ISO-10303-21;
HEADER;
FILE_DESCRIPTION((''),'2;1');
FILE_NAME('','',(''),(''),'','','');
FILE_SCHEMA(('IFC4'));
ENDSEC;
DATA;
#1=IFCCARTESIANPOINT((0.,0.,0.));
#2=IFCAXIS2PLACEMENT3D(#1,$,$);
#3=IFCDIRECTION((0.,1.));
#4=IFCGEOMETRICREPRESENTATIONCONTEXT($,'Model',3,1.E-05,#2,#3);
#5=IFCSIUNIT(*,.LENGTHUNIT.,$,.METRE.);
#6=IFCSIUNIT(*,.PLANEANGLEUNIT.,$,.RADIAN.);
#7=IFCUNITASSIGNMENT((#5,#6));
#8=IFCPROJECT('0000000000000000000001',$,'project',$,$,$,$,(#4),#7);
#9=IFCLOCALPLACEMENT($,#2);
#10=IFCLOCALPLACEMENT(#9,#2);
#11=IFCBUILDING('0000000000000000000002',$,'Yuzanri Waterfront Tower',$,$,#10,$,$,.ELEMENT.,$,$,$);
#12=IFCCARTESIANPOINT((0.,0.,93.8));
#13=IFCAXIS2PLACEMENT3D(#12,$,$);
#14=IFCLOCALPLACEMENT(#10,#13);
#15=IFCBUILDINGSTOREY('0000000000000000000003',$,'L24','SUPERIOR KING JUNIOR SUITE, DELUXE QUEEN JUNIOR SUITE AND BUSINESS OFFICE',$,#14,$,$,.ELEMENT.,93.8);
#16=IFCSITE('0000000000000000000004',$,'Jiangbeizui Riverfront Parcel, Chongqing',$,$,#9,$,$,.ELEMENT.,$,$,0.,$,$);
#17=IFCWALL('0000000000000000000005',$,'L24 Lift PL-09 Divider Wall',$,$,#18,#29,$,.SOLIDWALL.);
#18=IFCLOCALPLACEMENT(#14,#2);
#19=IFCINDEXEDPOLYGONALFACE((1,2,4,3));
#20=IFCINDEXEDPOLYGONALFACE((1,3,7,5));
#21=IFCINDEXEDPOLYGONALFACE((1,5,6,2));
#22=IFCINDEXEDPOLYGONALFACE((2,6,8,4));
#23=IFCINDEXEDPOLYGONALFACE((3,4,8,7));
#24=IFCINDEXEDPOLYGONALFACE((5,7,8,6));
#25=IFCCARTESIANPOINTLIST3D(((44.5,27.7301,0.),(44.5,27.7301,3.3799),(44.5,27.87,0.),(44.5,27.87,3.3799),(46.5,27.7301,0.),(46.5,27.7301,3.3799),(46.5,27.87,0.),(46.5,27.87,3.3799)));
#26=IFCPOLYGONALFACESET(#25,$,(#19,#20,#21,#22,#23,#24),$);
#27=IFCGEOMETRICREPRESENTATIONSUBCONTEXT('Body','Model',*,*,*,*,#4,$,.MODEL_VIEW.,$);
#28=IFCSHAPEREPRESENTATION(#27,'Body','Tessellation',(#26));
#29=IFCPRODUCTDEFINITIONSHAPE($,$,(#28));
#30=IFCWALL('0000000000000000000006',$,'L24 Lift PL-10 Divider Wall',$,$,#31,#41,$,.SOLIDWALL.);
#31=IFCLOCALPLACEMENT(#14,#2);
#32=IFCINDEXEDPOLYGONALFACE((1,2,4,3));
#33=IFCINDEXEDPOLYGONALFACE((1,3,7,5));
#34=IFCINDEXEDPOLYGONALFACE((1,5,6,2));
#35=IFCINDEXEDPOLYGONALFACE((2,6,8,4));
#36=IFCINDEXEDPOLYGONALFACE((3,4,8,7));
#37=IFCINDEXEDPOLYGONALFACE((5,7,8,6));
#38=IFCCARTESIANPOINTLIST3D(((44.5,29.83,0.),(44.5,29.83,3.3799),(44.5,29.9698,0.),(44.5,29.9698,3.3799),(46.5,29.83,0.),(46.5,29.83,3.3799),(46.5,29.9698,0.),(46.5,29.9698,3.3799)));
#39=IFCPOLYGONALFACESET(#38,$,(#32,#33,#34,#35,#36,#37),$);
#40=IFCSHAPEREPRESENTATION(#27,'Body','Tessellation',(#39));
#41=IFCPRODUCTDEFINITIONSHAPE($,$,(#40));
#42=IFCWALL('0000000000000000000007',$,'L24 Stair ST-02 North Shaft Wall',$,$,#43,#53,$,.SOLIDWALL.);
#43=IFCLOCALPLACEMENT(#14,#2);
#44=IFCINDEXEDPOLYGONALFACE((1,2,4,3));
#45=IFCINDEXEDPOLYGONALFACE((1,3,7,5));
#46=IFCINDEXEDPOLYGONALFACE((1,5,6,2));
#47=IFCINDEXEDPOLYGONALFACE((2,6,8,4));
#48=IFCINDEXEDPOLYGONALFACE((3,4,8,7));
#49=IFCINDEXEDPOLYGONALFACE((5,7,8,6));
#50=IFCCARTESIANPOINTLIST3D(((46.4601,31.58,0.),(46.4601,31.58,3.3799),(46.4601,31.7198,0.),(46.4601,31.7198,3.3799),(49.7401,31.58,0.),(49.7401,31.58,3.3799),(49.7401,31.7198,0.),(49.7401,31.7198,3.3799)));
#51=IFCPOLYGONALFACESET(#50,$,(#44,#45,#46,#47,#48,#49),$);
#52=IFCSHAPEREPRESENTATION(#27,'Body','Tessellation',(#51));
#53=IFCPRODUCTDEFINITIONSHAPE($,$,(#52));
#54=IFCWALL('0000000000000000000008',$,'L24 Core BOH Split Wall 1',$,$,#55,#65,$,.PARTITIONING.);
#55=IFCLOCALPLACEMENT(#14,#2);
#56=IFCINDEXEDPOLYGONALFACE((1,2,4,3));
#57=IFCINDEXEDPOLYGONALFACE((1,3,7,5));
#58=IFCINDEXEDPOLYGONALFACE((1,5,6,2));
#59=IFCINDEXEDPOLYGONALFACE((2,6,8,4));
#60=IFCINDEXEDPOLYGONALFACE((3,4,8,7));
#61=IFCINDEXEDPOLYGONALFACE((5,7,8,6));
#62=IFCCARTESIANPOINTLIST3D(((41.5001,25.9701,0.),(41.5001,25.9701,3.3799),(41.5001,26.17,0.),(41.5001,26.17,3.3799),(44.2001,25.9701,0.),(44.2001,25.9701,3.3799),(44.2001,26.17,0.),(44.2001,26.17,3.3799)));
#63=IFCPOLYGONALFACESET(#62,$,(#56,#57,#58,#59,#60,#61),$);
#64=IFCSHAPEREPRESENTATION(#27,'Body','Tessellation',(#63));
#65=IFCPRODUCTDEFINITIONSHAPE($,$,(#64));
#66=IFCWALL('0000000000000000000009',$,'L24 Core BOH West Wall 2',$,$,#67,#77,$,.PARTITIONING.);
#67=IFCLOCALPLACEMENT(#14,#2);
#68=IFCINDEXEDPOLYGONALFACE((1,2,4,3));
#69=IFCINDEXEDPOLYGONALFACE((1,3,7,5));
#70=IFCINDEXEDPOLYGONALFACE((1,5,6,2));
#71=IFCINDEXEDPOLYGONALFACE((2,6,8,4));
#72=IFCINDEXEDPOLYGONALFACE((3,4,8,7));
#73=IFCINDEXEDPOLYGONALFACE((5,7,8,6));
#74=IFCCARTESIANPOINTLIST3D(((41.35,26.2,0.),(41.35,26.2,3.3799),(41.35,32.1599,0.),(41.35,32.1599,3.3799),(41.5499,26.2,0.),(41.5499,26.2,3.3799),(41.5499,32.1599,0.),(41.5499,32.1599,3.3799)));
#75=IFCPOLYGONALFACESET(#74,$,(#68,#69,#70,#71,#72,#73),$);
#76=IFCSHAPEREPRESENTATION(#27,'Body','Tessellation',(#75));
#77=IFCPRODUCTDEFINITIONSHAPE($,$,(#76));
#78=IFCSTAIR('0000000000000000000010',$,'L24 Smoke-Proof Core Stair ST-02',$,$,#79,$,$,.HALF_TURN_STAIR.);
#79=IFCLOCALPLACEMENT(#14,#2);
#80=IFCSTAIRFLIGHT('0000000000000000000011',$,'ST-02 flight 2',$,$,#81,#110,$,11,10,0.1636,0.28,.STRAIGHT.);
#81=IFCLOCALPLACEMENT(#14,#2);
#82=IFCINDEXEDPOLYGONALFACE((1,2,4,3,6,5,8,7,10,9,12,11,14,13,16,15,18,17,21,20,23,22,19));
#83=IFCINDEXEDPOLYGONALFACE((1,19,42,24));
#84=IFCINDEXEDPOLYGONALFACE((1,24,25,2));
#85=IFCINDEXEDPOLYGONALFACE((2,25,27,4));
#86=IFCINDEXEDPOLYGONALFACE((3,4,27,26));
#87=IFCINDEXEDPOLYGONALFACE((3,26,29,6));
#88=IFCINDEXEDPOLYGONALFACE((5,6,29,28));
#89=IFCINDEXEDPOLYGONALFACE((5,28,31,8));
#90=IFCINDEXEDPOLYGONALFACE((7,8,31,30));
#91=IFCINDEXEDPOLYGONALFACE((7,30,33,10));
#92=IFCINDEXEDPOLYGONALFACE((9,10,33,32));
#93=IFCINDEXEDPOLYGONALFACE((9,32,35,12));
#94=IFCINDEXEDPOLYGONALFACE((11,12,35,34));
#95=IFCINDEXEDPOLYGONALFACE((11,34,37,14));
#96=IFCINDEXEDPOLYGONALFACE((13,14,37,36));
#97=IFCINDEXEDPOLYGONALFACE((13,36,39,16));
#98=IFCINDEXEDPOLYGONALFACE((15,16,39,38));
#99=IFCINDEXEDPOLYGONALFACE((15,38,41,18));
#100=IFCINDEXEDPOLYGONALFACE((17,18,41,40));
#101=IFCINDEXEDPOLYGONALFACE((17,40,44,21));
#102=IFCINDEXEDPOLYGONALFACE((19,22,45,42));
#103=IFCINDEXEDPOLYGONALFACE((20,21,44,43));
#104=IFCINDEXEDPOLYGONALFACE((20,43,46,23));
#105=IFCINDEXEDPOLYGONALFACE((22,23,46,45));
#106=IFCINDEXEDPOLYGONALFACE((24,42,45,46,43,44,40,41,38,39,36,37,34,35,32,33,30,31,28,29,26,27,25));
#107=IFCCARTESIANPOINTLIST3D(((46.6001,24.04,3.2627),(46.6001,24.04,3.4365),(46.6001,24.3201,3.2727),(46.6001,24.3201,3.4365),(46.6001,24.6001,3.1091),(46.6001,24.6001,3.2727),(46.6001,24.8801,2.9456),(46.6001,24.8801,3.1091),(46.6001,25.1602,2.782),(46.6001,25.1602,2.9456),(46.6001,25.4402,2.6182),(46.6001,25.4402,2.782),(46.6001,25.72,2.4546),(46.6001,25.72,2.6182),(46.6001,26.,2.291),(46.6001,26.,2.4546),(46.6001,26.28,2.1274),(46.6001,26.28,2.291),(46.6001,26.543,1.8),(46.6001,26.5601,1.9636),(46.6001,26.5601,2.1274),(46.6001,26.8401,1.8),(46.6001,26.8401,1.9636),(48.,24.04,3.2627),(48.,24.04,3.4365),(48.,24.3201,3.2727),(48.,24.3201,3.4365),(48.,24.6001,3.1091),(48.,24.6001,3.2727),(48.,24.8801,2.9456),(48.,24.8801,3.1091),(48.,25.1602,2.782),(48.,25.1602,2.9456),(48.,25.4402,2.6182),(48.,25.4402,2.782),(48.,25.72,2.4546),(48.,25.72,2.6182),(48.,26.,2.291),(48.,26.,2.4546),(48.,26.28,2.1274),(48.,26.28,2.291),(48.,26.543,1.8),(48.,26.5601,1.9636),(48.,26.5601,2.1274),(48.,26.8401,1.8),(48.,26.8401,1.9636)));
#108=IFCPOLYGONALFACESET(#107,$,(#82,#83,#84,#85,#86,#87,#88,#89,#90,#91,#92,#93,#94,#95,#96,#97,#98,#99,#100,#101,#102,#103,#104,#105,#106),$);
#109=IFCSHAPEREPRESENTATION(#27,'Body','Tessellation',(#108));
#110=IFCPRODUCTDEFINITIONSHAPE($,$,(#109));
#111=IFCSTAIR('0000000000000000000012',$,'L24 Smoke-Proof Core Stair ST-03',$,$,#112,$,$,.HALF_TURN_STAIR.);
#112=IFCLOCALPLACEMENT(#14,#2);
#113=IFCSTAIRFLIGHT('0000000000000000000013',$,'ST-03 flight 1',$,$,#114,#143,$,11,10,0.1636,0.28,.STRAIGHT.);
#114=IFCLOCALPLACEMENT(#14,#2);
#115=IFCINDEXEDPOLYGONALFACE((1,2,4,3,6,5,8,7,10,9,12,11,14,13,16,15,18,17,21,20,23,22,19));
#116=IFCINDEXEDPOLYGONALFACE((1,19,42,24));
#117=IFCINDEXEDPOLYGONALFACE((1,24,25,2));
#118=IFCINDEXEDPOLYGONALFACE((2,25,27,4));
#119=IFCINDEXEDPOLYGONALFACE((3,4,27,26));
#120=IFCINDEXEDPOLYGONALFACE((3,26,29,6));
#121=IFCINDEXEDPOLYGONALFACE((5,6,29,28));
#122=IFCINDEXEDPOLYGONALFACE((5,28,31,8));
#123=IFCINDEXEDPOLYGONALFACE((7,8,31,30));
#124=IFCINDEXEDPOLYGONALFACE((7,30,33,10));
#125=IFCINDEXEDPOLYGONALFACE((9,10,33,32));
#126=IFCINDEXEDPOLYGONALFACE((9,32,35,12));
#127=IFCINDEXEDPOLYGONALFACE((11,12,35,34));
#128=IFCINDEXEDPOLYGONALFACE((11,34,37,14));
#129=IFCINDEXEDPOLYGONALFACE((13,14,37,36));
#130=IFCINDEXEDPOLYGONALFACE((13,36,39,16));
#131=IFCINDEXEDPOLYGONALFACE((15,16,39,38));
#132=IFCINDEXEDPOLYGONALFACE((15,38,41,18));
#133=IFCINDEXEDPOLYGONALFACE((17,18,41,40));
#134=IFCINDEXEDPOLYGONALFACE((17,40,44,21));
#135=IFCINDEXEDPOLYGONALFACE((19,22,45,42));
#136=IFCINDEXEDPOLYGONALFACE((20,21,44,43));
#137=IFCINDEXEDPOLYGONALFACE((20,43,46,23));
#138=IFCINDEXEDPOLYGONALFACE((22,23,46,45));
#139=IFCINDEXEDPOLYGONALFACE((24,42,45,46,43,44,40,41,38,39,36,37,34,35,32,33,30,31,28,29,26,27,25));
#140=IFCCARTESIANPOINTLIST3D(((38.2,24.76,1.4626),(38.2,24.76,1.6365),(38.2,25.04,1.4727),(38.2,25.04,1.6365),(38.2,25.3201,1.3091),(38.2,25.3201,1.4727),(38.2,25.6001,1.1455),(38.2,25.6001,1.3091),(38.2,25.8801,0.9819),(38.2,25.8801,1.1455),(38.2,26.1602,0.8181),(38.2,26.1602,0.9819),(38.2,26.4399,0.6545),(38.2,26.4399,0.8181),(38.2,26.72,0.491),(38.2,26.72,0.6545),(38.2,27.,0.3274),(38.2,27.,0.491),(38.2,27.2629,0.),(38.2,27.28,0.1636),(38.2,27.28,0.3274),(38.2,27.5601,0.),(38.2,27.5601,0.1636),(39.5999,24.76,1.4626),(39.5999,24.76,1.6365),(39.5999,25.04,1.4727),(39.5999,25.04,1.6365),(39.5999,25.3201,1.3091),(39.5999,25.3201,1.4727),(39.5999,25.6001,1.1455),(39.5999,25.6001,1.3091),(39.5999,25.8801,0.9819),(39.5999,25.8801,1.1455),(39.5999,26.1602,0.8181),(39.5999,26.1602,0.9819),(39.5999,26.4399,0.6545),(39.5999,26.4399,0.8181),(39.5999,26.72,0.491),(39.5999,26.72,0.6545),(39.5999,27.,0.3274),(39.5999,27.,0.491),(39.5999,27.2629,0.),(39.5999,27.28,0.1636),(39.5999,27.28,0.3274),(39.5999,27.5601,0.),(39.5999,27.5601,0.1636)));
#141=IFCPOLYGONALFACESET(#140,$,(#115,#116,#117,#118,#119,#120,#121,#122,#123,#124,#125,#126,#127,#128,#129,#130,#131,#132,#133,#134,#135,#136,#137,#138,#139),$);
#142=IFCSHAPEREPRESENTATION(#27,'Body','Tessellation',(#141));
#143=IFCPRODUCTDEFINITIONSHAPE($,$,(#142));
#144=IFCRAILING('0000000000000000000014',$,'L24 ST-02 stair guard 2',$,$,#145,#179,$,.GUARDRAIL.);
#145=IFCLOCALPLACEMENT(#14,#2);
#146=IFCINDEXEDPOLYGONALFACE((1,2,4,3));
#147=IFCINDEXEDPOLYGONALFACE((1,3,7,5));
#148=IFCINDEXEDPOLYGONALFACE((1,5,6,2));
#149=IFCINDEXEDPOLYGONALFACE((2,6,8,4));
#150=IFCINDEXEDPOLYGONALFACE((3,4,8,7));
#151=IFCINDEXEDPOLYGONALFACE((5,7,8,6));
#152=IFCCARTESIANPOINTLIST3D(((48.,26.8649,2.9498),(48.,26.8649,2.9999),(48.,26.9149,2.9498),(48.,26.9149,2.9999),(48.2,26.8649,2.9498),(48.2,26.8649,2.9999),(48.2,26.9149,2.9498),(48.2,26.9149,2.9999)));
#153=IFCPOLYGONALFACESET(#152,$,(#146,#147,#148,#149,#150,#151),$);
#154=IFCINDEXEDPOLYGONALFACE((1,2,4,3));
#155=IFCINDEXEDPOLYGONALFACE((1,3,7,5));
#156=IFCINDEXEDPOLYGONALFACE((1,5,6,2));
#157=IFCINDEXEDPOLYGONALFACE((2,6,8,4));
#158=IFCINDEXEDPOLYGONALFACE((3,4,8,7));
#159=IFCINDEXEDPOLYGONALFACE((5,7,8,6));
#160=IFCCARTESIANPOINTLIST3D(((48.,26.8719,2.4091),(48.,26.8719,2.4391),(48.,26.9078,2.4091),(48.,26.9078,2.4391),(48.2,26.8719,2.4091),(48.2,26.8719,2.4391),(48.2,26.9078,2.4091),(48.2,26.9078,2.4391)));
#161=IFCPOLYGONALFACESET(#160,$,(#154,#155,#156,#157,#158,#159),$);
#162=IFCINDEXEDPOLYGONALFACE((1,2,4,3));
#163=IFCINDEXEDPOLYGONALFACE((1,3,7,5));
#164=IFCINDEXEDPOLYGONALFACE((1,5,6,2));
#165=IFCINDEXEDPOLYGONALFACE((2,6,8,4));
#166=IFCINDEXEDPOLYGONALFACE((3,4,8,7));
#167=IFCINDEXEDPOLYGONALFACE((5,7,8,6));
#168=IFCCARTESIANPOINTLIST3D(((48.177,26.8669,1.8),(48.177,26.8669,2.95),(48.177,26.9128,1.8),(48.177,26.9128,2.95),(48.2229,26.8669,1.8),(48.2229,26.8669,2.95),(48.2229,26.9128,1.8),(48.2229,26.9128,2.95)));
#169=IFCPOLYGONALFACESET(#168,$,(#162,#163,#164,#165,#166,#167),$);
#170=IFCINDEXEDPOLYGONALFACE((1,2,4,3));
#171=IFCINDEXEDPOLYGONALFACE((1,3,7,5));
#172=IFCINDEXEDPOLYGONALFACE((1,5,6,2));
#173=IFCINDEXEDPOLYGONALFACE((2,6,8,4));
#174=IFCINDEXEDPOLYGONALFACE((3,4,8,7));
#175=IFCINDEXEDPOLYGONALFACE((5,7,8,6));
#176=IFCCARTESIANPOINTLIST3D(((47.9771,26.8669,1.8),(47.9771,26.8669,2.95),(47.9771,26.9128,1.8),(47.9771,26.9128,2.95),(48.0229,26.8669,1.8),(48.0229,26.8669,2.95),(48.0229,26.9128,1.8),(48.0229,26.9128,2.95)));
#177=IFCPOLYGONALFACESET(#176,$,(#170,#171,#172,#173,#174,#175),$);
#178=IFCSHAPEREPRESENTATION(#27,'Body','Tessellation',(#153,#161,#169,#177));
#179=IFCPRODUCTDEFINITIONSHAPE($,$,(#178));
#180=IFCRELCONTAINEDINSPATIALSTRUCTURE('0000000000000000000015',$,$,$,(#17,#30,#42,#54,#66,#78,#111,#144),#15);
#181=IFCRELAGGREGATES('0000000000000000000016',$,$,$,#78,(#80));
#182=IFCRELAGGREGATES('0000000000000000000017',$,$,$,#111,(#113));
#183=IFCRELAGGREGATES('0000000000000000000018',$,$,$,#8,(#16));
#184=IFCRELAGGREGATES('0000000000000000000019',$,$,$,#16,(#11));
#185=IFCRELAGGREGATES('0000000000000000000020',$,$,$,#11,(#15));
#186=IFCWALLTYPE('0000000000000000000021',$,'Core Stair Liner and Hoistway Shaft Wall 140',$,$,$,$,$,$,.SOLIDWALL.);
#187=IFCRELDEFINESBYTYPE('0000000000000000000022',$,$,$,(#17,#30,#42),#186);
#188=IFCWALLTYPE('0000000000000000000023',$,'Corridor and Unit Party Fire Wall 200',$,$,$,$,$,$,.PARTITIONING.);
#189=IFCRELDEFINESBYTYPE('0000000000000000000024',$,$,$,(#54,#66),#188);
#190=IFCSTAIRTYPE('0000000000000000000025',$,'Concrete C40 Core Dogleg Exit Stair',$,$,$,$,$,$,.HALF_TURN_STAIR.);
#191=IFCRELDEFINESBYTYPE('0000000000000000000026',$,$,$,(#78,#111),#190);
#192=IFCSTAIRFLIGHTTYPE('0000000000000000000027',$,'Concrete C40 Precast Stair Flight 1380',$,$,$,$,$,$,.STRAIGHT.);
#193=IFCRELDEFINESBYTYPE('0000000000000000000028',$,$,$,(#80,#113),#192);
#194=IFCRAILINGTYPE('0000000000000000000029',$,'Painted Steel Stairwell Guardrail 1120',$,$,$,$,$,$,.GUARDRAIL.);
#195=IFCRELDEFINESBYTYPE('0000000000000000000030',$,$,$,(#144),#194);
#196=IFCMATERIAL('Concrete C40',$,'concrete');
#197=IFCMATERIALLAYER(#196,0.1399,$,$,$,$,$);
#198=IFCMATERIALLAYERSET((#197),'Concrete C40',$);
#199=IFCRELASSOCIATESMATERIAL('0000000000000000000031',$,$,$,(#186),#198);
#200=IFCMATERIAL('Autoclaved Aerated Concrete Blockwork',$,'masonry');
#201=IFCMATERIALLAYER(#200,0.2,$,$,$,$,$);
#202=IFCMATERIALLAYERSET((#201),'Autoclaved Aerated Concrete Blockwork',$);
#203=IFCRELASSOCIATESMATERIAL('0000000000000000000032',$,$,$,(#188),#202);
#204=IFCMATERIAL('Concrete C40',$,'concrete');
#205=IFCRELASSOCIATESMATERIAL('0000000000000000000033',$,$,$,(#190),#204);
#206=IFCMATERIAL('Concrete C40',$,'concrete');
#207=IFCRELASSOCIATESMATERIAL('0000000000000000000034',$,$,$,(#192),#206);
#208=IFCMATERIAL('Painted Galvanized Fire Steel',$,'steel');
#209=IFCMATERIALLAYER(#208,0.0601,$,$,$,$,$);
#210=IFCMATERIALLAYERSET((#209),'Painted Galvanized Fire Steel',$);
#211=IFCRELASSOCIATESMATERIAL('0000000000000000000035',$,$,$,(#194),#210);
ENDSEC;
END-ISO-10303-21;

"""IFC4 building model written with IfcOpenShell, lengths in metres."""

from ifc_helpers import new_model, si_unit, direction, frame, frame_2d, origin, origin_2d, place, context, subcontext, project, spatial, polyline, rectangle, outline, extrude, source, transform, mapped, material, layer, layer_set, type_object, element, aggregate, save


model = new_model("IFC4")

# Units and contexts
model_context = context("Model", 3, precision=1e-05, world=origin(), true_north=direction((0.0, 1.0)))
body_context = subcontext(model_context, "Body", "Model", "MODEL_VIEW")
ifc_project = project(units=[si_unit("LENGTHUNIT", "METRE"), si_unit("PLANEANGLEUNIT", "RADIAN")], contexts=[model_context])

# Site, building, storey
site_placement = place(None, origin())
site = spatial("IfcSite", under=ifc_project, at=site_placement, Name="Jiangbeizui Riverfront Parcel, Chongqing", CompositionType="ELEMENT", RefElevation=0.0)
building_placement = place(site_placement, origin())
building = spatial("IfcBuilding", under=site, at=building_placement, Name="Yuzanri Waterfront Tower", CompositionType="ELEMENT")
storey_placement = place(building_placement, frame((0.0, 0.0, 93.8)))
storey = spatial("IfcBuildingStorey", under=building, at=storey_placement, Name="L24", Description="SUPERIOR KING JUNIOR SUITE, DELUXE QUEEN JUNIOR SUITE AND BUSINESS OFFICE", CompositionType="ELEMENT", Elevation=93.8)

# Shared definitions
ifc_material_1 = material(Name="Concrete C40", Category="concrete")
ifc_layer_1 = layer(ifc_material_1, 0.1399)
ifc_layer_set_1 = layer_set([ifc_layer_1], Name="Concrete C40")
wall_type_1 = type_object("IfcWallType", Name="Core Stair Liner and Hoistway Shaft Wall 140", PredefinedType="SOLIDWALL", material=ifc_layer_set_1)

# Walls
shared_shape_1 = source(origin(), body_context, "Body", "SweptSolid", [
    extrude(rectangle(XDim=2.0, YDim=0.1399, at=frame_2d((1.0, 0.0))), origin(), (0.0, 0.0, 1.0), 3.3799),
])
for number, where, z_axis, x_axis, name in (
    (1, (44.5, 27.8, 0.0), (0.0, 0.0, 1.0), (1.0, 0.0, 0.0), "L24 Lift PL-09 Divider Wall"),
    (2, (44.5, 29.8999, 0.0), (0.0, 0.0, 1.0), (1.0, 0.0, 0.0), "L24 Lift PL-10 Divider Wall"),
):
    element("IfcWall", number, at=place(storey_placement, frame(where, z_axis=z_axis, x_axis=x_axis)), inside=storey, type_object=wall_type_1, Name=name, PredefinedType="SOLIDWALL", context=body_context, shape_type="MappedRepresentation", body=[
        mapped(shared_shape_1, transform((0.0, 0.0, 0.0), scale=1.0)),
    ])
shared_shape_2 = source(origin(), body_context, "Body", "SweptSolid", [
    extrude(rectangle(XDim=3.28, YDim=0.1399, at=frame_2d((1.6401, 0.0))), origin(), (0.0, 0.0, 1.0), 3.3799),
])
wall_1_placement = place(storey_placement, frame((46.46, 31.6499, 0.0), z_axis=(0.0, 0.0, 1.0), x_axis=(1.0, 0.0, 0.0)))
element("IfcWall", 3, at=wall_1_placement, inside=storey, type_object=wall_type_1, Name="L24 Stair ST-02 North Shaft Wall", PredefinedType="SOLIDWALL", context=body_context, shape_type="MappedRepresentation", body=[
    mapped(shared_shape_2, transform((0.0, 0.0, 0.0), scale=1.0)),
])
ifc_material_2 = material(Name="Autoclaved Aerated Concrete Blockwork", Category="masonry")
ifc_layer_2 = layer(ifc_material_2, 0.2)
ifc_layer_set_2 = layer_set([ifc_layer_2], Name="Autoclaved Aerated Concrete Blockwork")
wall_type_2 = type_object("IfcWallType", Name="Corridor and Unit Party Fire Wall 200", PredefinedType="PARTITIONING", material=ifc_layer_set_2)
shared_shape_3 = source(origin(), body_context, "Body", "SweptSolid", [
    extrude(rectangle(XDim=2.7, YDim=0.2, at=frame_2d((1.3501, 0.0))), origin(), (0.0, 0.0, 1.0), 3.3799),
])
wall_2_placement = place(storey_placement, frame((41.5, 26.0701, 0.0), z_axis=(0.0, 0.0, 1.0), x_axis=(1.0, 0.0, 0.0)))
element("IfcWall", 4, at=wall_2_placement, inside=storey, type_object=wall_type_2, Name="L24 Core BOH Split Wall 1", PredefinedType="PARTITIONING", context=body_context, shape_type="MappedRepresentation", body=[
    mapped(shared_shape_3, transform((0.0, 0.0, 0.0), scale=1.0)),
])
shared_shape_4 = source(origin(), body_context, "Body", "SweptSolid", [
    extrude(rectangle(XDim=5.96, YDim=0.2, at=frame_2d((2.98, 0.0))), origin(), (0.0, 0.0, 1.0), 3.3799),
])
wall_3_placement = place(storey_placement, frame((41.45, 26.2, 0.0), z_axis=(0.0, 0.0, 1.0), x_axis=(0.0, 1.0, 0.0)))
element("IfcWall", 5, at=wall_3_placement, inside=storey, type_object=wall_type_2, Name="L24 Core BOH West Wall 2", PredefinedType="PARTITIONING", context=body_context, shape_type="MappedRepresentation", body=[
    mapped(shared_shape_4, transform((0.0, 0.0, 0.0), scale=1.0)),
])

# Stairs, stair flights
ifc_material_3 = material(Name="Concrete C40", Category="concrete")
stair_type = type_object("IfcStairType", Name="Concrete C40 Core Dogleg Exit Stair", PredefinedType="HALF_TURN_STAIR", material=ifc_material_3)
stair_1_placement = place(storey_placement, origin())
stair_1 = element("IfcStair", 6, at=stair_1_placement, inside=storey, type_object=stair_type, Name="L24 Smoke-Proof Core Stair ST-02", PredefinedType="HALF_TURN_STAIR")
ifc_material_4 = material(Name="Concrete C40", Category="concrete")
stair_flight_type = type_object("IfcStairFlightType", Name="Concrete C40 Precast Stair Flight 1380", PredefinedType="STRAIGHT", material=ifc_material_4)
shared_shape_5 = source(origin(), body_context, "Body", "SweptSolid", [
    extrude(outline(polyline([(0.0, 0.0), (0.0, 0.1636), (0.28, 0.1636), (0.28, 0.3274), (0.5601, 0.3274), (0.5601, 0.491), (0.8401, 0.491), (0.8401, 0.6545), (1.1201, 0.6545), (1.1201, 0.8181), (1.3999, 0.8181), (1.3999, 0.9819), (1.6799, 0.9819), (1.6799, 1.1455), (1.96, 1.1455), (1.96, 1.3091), (2.24, 1.3091), (2.24, 1.4727), (2.52, 1.4727), (2.52, 1.6365), (2.8, 1.6365), (2.8, 1.8), (2.8, 1.4626), (0.2971, 0.0), (0.0, 0.0)])), frame((0.0, 0.7, 0.0), z_axis=(0.0, -1.0, 0.0), x_axis=(1.0, 0.0, 0.0)), (0.0, 0.0, 1.0), 1.3999),
])
stair_flight_1_placement = place(storey_placement, frame((47.3, 26.8401, 1.8), z_axis=(0.0, 0.0, 1.0), x_axis=(0.0, -1.0, 0.0)))
stair_flight_1 = element("IfcStairFlight", 7, at=stair_flight_1_placement, type_object=stair_flight_type, Name="ST-02 flight 2", NumberOfRisers=11, NumberOfTreads=10, PredefinedType="STRAIGHT", RiserHeight=0.1636, TreadLength=0.28, context=body_context, shape_type="MappedRepresentation", body=[
    mapped(shared_shape_5, transform((0.0, 0.0, 0.0), scale=1.0)),
])
aggregate(stair_1, [stair_flight_1])
stair_2_placement = place(storey_placement, origin())
stair_2 = element("IfcStair", 8, at=stair_2_placement, inside=storey, type_object=stair_type, Name="L24 Smoke-Proof Core Stair ST-03", PredefinedType="HALF_TURN_STAIR")
stair_flight_2_placement = place(storey_placement, frame((38.8999, 27.5601, 0.0), z_axis=(0.0, 0.0, 1.0), x_axis=(0.0, -1.0, 0.0)))
stair_flight_2 = element("IfcStairFlight", 9, at=stair_flight_2_placement, type_object=stair_flight_type, Name="ST-03 flight 1", NumberOfRisers=11, NumberOfTreads=10, PredefinedType="STRAIGHT", RiserHeight=0.1636, TreadLength=0.28, context=body_context, shape_type="MappedRepresentation", body=[
    mapped(shared_shape_5, transform((0.0, 0.0, 0.0), scale=1.0)),
])
aggregate(stair_2, [stair_flight_2])

# Railing
ifc_material_5 = material(Name="Painted Galvanized Fire Steel", Category="steel")
ifc_layer_3 = layer(ifc_material_5, 0.0601)
ifc_layer_set_3 = layer_set([ifc_layer_3], Name="Painted Galvanized Fire Steel")
railing_type_1 = type_object("IfcRailingType", Name="Painted Steel Stairwell Guardrail 1120", PredefinedType="GUARDRAIL", material=ifc_layer_set_3)
shared_shape_6 = source(origin(), body_context, "Body", "SweptSolid", [
    extrude(rectangle(XDim=0.05, YDim=0.05, at=origin_2d()), frame((0.0, 0.0, 1.1748), z_axis=(-1.0, 0.0, 0.0), x_axis=(0.0, -1.0, 0.0)), (0.0, 0.0, 1.0), 0.2),
    extrude(rectangle(XDim=0.0359, YDim=0.03, at=origin_2d()), frame((0.0, 0.0, 0.624), z_axis=(-1.0, 0.0, 0.0), x_axis=(0.0, -1.0, 0.0)), (0.0, 0.0, 1.0), 0.2),
    extrude(rectangle(XDim=0.0459, YDim=0.0459, at=origin_2d()), origin(), (0.0, 0.0, 1.0), 1.1499),
    extrude(rectangle(XDim=0.0459, YDim=0.0459, at=origin_2d()), frame((-0.2, 0.0, 0.0)), (0.0, 0.0, 1.0), 1.1499),
])
railing_1_placement = place(storey_placement, frame((48.2, 26.8899, 1.8)))
element("IfcRailing", 10, at=railing_1_placement, inside=storey, type_object=railing_type_1, Name="L24 ST-02 stair guard 2", PredefinedType="GUARDRAIL", context=body_context, shape_type="MappedRepresentation", body=[
    mapped(shared_shape_6, transform((0.0, 0.0, 0.0), scale=1.0)),
])

save(model, "model.ifc")
